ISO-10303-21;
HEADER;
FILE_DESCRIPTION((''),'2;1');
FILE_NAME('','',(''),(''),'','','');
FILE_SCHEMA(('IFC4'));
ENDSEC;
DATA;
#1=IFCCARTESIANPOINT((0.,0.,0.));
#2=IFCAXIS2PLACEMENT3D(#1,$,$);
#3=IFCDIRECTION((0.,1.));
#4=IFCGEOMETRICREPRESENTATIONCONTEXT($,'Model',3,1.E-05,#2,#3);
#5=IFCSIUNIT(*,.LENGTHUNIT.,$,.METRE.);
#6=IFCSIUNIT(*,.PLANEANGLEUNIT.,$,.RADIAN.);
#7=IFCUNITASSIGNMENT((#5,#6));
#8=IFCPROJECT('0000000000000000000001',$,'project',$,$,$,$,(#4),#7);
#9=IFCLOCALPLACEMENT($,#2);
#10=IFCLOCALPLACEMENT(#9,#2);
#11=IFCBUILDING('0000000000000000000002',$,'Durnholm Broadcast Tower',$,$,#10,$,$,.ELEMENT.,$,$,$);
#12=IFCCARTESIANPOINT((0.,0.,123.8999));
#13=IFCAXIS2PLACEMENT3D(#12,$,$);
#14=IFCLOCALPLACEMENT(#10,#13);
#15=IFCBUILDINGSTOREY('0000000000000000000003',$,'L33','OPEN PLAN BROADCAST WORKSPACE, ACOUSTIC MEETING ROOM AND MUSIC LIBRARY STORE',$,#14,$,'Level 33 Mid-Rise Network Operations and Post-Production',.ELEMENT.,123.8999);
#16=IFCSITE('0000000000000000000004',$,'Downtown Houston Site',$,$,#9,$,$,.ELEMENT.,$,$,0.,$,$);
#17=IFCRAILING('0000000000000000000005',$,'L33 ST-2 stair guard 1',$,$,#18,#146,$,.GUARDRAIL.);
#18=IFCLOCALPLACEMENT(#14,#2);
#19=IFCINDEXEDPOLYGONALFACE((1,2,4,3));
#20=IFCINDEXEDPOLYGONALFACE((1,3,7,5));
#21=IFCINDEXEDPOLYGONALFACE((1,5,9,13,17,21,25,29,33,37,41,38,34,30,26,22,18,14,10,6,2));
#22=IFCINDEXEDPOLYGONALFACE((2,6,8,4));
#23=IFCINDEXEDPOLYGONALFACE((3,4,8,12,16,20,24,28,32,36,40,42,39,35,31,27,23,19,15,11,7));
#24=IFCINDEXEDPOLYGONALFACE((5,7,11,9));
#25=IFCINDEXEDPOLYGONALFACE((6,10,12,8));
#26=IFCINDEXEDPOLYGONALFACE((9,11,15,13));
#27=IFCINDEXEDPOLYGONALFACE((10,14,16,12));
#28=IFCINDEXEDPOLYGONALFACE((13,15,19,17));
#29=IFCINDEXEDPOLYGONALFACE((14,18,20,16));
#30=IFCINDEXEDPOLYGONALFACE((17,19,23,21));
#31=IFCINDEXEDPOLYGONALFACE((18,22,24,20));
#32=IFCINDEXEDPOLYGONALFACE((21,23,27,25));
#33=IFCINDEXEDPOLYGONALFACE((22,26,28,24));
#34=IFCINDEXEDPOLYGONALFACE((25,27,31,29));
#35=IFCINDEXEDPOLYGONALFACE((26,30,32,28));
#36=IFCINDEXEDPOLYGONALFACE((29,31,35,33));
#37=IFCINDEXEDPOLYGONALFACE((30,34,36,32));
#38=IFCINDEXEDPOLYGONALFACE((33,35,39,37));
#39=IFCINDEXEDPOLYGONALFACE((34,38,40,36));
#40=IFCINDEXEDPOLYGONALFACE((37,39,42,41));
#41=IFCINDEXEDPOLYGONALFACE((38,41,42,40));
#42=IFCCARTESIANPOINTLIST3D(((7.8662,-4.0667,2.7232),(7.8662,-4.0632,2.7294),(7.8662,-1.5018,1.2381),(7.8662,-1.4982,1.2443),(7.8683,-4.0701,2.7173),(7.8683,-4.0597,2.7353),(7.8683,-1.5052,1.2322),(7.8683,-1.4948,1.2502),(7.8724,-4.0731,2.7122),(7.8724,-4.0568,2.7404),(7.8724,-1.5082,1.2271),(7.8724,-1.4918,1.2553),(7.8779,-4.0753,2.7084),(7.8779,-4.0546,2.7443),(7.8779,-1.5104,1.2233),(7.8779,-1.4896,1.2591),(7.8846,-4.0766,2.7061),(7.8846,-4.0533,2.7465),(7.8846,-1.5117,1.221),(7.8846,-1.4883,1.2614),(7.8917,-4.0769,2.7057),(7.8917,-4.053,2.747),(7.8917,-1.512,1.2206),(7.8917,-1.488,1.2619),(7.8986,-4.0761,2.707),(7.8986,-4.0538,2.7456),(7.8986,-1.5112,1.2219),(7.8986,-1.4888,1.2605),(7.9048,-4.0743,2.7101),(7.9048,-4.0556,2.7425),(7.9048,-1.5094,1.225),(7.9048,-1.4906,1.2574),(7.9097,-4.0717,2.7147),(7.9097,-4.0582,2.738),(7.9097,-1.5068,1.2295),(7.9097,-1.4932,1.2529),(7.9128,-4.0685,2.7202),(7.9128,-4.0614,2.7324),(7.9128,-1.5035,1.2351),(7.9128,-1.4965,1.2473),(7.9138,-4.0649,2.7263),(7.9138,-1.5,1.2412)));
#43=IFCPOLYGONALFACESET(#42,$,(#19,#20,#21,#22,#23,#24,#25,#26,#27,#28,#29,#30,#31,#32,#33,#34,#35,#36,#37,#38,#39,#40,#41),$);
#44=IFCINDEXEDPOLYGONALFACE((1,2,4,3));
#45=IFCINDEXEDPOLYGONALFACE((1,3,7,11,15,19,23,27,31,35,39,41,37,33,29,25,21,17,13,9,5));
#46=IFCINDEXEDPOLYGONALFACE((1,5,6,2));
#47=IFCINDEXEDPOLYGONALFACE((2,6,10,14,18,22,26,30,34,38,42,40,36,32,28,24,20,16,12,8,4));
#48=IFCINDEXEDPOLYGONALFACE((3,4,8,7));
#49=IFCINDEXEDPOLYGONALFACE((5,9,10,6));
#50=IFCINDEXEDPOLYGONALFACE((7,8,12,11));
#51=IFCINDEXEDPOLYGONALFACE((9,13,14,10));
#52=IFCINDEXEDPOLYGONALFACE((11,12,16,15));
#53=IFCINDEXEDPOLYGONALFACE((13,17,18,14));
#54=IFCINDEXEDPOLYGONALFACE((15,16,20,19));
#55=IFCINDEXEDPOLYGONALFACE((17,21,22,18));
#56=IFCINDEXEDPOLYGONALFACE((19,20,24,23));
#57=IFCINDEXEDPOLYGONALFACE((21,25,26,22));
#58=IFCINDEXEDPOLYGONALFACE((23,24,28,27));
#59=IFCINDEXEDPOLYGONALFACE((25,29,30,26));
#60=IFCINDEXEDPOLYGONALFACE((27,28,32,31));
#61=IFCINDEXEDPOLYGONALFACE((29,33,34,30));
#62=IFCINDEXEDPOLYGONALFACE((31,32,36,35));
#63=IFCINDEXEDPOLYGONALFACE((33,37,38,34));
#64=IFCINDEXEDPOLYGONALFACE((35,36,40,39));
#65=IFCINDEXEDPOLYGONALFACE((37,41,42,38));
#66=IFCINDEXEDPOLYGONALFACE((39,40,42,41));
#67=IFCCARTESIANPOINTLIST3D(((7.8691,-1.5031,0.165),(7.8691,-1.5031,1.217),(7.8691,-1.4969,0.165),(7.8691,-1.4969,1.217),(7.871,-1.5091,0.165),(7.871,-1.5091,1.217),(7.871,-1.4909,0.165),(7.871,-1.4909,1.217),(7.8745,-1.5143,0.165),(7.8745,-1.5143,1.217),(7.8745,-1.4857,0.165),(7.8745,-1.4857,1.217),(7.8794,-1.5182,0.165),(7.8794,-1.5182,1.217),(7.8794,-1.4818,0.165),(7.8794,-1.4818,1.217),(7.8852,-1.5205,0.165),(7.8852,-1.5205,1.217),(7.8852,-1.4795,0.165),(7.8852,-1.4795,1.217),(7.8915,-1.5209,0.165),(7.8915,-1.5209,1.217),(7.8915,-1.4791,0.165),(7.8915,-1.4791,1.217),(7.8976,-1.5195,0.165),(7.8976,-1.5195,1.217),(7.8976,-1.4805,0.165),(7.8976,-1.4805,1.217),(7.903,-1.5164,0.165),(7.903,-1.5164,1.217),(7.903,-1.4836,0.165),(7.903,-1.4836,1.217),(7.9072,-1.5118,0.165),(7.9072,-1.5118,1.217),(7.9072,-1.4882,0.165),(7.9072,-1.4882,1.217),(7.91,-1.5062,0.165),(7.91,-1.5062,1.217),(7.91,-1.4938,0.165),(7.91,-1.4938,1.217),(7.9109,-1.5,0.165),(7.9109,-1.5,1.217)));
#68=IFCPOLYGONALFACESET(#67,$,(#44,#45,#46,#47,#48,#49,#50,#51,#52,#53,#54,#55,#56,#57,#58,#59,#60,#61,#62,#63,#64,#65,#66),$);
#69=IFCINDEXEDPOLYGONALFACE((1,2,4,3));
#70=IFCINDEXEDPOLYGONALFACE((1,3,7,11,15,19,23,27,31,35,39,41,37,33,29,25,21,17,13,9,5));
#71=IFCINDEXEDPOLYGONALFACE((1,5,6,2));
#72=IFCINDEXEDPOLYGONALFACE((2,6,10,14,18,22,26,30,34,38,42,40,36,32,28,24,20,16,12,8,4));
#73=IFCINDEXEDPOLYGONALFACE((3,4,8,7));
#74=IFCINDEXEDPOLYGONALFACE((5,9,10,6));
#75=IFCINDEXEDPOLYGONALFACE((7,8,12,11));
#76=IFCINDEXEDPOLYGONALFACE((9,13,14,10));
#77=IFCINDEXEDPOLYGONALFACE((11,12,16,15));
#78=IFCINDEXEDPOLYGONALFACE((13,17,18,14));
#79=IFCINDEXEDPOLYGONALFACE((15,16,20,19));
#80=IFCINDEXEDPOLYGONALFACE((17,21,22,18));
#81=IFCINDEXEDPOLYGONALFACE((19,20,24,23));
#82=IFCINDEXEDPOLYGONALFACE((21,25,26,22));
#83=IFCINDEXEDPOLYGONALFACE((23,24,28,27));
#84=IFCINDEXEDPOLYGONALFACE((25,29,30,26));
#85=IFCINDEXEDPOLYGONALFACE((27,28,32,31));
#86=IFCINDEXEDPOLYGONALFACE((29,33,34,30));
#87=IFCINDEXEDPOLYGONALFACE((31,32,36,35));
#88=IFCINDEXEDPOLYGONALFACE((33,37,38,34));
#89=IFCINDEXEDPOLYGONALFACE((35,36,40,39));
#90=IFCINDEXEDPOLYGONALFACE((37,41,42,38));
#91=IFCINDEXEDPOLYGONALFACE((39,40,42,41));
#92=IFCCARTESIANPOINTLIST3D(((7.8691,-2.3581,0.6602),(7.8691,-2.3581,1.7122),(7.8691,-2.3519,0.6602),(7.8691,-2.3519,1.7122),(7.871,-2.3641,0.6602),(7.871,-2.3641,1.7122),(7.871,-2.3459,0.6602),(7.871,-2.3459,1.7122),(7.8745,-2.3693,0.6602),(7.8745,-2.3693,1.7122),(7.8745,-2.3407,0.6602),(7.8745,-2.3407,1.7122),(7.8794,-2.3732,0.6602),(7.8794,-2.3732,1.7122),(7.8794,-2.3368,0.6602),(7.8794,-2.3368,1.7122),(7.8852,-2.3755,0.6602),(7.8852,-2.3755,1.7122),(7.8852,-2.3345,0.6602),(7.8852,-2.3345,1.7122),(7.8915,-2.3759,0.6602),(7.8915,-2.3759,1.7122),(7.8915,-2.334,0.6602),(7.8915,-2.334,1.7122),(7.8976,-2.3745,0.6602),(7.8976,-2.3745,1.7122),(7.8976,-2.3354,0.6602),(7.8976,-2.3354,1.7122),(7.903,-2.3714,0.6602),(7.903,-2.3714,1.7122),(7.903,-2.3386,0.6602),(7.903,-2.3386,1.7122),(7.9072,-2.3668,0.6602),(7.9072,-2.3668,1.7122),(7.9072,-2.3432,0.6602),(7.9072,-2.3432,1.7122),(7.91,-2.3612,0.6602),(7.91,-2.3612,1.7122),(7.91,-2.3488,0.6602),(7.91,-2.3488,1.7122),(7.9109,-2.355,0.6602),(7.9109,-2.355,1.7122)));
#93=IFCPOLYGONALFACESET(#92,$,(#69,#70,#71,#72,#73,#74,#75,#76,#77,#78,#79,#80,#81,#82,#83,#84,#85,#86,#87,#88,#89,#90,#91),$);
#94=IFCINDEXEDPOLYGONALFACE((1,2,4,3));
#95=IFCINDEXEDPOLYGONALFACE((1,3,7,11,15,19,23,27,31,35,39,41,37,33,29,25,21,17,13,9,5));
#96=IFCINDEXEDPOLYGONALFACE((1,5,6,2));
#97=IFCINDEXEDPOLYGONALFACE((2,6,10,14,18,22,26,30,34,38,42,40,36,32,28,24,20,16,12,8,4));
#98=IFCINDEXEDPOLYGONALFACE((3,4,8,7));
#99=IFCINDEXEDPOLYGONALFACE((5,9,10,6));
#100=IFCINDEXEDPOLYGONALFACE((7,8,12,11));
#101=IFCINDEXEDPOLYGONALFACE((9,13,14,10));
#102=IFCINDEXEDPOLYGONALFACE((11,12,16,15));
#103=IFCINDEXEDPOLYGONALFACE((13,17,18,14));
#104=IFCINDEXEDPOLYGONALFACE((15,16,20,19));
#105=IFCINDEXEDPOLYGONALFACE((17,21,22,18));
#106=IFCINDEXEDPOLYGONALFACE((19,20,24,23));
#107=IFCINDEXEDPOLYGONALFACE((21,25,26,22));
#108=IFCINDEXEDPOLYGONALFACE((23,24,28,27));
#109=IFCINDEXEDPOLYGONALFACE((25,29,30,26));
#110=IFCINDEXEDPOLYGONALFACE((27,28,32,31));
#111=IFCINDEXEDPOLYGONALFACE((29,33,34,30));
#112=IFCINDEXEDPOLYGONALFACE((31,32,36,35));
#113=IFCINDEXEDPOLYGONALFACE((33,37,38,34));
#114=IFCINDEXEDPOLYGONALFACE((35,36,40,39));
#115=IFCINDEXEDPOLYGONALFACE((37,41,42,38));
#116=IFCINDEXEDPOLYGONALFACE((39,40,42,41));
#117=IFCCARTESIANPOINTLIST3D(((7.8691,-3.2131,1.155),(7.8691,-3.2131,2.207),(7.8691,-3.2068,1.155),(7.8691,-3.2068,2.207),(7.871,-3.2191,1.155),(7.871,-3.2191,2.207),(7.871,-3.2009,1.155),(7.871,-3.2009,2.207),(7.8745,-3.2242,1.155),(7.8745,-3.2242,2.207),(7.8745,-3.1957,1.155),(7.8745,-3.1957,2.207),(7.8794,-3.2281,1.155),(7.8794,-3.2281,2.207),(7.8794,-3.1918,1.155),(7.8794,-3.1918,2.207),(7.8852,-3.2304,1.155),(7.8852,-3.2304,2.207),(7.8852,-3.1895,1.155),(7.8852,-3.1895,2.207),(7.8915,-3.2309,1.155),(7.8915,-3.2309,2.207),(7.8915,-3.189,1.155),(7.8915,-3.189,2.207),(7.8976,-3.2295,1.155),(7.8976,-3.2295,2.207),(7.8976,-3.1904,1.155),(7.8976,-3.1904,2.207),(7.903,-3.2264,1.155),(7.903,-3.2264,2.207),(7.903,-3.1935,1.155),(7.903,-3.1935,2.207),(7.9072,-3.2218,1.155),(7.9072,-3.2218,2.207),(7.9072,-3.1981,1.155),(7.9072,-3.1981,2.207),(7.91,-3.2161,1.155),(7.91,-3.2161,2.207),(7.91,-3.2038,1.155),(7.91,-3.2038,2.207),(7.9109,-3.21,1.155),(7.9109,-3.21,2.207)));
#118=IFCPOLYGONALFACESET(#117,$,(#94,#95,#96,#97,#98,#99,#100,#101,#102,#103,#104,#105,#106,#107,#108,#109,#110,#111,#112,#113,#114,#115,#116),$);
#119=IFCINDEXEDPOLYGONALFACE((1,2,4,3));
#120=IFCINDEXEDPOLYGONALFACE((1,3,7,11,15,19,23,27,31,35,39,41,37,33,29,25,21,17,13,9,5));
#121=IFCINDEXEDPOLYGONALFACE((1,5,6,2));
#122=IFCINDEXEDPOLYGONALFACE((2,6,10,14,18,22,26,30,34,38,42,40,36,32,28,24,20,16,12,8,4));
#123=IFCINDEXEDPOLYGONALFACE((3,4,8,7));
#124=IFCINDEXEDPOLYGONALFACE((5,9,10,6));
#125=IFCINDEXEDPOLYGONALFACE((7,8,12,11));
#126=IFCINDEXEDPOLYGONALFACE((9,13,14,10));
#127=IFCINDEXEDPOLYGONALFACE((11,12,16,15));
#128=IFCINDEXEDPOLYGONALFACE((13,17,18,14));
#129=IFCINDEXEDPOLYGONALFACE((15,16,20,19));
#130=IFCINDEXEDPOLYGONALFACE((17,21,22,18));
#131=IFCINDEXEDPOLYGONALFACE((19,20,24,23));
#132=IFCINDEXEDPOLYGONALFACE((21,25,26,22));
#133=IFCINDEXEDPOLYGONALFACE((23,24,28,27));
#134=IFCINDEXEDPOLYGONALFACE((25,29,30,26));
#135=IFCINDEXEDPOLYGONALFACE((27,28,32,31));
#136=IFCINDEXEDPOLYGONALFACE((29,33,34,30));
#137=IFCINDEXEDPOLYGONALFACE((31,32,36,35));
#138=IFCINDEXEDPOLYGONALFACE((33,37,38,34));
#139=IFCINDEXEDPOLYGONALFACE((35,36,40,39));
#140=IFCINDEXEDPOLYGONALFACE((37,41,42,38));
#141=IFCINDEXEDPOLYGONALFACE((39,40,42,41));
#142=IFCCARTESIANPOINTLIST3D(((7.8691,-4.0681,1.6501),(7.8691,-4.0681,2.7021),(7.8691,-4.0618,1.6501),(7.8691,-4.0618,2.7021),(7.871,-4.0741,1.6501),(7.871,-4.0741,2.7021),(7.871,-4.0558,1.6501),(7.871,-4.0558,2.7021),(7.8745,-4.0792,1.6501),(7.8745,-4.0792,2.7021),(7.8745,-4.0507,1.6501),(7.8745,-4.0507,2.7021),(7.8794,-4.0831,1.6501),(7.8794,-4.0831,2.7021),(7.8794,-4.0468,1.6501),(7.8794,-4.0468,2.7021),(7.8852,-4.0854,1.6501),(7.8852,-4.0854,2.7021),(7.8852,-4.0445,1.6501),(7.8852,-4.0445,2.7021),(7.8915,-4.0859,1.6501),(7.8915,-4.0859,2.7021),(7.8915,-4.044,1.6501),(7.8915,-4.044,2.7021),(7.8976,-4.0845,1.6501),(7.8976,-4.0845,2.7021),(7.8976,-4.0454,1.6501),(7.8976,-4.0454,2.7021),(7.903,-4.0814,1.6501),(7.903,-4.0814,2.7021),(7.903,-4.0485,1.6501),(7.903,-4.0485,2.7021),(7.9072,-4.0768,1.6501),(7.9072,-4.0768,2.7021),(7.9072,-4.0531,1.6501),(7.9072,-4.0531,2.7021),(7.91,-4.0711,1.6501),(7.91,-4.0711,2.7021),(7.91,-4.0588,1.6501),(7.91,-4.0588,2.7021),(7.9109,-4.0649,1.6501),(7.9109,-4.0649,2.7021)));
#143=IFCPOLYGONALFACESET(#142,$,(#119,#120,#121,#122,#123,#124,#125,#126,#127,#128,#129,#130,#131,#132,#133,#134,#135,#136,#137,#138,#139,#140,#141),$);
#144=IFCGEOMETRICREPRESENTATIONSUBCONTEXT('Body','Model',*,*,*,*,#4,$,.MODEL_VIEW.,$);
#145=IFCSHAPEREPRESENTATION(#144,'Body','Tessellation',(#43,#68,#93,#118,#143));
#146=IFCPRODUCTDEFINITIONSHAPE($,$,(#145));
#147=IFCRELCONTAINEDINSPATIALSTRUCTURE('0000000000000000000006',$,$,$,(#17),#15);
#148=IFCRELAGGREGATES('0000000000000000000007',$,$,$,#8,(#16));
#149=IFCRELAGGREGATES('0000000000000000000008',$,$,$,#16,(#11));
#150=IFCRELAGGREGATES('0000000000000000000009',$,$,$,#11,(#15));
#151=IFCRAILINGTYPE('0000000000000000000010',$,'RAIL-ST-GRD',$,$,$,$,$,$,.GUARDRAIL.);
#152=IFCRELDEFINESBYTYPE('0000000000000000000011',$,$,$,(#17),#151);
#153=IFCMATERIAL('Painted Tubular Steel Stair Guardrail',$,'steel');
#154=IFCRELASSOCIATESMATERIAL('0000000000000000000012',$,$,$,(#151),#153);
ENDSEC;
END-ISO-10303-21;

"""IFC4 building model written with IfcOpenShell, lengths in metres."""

from ifc_helpers import new_model, si_unit, direction, frame, origin, origin_2d, place, context, subcontext, project, spatial, circle, extrude, material, type_object, element, save


model = new_model("IFC4")

# Units and contexts
model_context = context("Model", 3, precision=1e-05, world=origin(), true_north=direction((0.0, 1.0)))
body_context = subcontext(model_context, "Body", "Model", "MODEL_VIEW")
ifc_project = project(units=[si_unit("LENGTHUNIT", "METRE"), si_unit("PLANEANGLEUNIT", "RADIAN")], contexts=[model_context])

# Site, building, storey
site_placement = place(None, origin())
site = spatial("IfcSite", under=ifc_project, at=site_placement, Name="Downtown Houston Site", CompositionType="ELEMENT", RefElevation=0.0)
building_placement = place(site_placement, origin())
building = spatial("IfcBuilding", under=site, at=building_placement, Name="Durnholm Broadcast Tower", CompositionType="ELEMENT")
storey_placement = place(building_placement, frame((0.0, 0.0, 123.8999)))
storey = spatial("IfcBuildingStorey", under=building, at=storey_placement, Name="L33", Description="OPEN PLAN BROADCAST WORKSPACE, ACOUSTIC MEETING ROOM AND MUSIC LIBRARY STORE", LongName="Level 33 Mid-Rise Network Operations and Post-Production", CompositionType="ELEMENT", Elevation=123.8999)

# Railing
ifc_material_1 = material(Name="Painted Tubular Steel Stair Guardrail", Category="steel")
railing_type_1 = type_object("IfcRailingType", Name="RAIL-ST-GRD", PredefinedType="GUARDRAIL", material=ifc_material_1)
railing_1_placement = place(storey_placement, frame((7.8899, -1.5, 0.165)))
element("IfcRailing", 1, at=railing_1_placement, inside=storey, type_object=railing_type_1, Name="L33 ST-2 stair guard 1", PredefinedType="GUARDRAIL", context=body_context, shape_type="SweptSolid", body=[
    extrude(circle(Radius=0.0239, at=origin_2d()), frame((0.0, 0.0, 1.0762), z_axis=(0.0, -0.865406, 0.501072), x_axis=(1.0, 0.0, 0.0)), (0.0, 0.0, 1.0), 2.9639),
    extrude(circle(Radius=0.021, at=origin_2d()), origin(), (0.0, 0.0, 1.0), 1.052),
    extrude(circle(Radius=0.021, at=origin_2d()), frame((0.0, -0.855, 0.4951)), (0.0, 0.0, 1.0), 1.052),
    extrude(circle(Radius=0.021, at=origin_2d()), frame((0.0, -1.71, 0.99)), (0.0, 0.0, 1.0), 1.052),
    extrude(circle(Radius=0.021, at=origin_2d()), frame((0.0, -2.5649, 1.4851)), (0.0, 0.0, 1.0), 1.052),
])

save(model, "model.ifc")
